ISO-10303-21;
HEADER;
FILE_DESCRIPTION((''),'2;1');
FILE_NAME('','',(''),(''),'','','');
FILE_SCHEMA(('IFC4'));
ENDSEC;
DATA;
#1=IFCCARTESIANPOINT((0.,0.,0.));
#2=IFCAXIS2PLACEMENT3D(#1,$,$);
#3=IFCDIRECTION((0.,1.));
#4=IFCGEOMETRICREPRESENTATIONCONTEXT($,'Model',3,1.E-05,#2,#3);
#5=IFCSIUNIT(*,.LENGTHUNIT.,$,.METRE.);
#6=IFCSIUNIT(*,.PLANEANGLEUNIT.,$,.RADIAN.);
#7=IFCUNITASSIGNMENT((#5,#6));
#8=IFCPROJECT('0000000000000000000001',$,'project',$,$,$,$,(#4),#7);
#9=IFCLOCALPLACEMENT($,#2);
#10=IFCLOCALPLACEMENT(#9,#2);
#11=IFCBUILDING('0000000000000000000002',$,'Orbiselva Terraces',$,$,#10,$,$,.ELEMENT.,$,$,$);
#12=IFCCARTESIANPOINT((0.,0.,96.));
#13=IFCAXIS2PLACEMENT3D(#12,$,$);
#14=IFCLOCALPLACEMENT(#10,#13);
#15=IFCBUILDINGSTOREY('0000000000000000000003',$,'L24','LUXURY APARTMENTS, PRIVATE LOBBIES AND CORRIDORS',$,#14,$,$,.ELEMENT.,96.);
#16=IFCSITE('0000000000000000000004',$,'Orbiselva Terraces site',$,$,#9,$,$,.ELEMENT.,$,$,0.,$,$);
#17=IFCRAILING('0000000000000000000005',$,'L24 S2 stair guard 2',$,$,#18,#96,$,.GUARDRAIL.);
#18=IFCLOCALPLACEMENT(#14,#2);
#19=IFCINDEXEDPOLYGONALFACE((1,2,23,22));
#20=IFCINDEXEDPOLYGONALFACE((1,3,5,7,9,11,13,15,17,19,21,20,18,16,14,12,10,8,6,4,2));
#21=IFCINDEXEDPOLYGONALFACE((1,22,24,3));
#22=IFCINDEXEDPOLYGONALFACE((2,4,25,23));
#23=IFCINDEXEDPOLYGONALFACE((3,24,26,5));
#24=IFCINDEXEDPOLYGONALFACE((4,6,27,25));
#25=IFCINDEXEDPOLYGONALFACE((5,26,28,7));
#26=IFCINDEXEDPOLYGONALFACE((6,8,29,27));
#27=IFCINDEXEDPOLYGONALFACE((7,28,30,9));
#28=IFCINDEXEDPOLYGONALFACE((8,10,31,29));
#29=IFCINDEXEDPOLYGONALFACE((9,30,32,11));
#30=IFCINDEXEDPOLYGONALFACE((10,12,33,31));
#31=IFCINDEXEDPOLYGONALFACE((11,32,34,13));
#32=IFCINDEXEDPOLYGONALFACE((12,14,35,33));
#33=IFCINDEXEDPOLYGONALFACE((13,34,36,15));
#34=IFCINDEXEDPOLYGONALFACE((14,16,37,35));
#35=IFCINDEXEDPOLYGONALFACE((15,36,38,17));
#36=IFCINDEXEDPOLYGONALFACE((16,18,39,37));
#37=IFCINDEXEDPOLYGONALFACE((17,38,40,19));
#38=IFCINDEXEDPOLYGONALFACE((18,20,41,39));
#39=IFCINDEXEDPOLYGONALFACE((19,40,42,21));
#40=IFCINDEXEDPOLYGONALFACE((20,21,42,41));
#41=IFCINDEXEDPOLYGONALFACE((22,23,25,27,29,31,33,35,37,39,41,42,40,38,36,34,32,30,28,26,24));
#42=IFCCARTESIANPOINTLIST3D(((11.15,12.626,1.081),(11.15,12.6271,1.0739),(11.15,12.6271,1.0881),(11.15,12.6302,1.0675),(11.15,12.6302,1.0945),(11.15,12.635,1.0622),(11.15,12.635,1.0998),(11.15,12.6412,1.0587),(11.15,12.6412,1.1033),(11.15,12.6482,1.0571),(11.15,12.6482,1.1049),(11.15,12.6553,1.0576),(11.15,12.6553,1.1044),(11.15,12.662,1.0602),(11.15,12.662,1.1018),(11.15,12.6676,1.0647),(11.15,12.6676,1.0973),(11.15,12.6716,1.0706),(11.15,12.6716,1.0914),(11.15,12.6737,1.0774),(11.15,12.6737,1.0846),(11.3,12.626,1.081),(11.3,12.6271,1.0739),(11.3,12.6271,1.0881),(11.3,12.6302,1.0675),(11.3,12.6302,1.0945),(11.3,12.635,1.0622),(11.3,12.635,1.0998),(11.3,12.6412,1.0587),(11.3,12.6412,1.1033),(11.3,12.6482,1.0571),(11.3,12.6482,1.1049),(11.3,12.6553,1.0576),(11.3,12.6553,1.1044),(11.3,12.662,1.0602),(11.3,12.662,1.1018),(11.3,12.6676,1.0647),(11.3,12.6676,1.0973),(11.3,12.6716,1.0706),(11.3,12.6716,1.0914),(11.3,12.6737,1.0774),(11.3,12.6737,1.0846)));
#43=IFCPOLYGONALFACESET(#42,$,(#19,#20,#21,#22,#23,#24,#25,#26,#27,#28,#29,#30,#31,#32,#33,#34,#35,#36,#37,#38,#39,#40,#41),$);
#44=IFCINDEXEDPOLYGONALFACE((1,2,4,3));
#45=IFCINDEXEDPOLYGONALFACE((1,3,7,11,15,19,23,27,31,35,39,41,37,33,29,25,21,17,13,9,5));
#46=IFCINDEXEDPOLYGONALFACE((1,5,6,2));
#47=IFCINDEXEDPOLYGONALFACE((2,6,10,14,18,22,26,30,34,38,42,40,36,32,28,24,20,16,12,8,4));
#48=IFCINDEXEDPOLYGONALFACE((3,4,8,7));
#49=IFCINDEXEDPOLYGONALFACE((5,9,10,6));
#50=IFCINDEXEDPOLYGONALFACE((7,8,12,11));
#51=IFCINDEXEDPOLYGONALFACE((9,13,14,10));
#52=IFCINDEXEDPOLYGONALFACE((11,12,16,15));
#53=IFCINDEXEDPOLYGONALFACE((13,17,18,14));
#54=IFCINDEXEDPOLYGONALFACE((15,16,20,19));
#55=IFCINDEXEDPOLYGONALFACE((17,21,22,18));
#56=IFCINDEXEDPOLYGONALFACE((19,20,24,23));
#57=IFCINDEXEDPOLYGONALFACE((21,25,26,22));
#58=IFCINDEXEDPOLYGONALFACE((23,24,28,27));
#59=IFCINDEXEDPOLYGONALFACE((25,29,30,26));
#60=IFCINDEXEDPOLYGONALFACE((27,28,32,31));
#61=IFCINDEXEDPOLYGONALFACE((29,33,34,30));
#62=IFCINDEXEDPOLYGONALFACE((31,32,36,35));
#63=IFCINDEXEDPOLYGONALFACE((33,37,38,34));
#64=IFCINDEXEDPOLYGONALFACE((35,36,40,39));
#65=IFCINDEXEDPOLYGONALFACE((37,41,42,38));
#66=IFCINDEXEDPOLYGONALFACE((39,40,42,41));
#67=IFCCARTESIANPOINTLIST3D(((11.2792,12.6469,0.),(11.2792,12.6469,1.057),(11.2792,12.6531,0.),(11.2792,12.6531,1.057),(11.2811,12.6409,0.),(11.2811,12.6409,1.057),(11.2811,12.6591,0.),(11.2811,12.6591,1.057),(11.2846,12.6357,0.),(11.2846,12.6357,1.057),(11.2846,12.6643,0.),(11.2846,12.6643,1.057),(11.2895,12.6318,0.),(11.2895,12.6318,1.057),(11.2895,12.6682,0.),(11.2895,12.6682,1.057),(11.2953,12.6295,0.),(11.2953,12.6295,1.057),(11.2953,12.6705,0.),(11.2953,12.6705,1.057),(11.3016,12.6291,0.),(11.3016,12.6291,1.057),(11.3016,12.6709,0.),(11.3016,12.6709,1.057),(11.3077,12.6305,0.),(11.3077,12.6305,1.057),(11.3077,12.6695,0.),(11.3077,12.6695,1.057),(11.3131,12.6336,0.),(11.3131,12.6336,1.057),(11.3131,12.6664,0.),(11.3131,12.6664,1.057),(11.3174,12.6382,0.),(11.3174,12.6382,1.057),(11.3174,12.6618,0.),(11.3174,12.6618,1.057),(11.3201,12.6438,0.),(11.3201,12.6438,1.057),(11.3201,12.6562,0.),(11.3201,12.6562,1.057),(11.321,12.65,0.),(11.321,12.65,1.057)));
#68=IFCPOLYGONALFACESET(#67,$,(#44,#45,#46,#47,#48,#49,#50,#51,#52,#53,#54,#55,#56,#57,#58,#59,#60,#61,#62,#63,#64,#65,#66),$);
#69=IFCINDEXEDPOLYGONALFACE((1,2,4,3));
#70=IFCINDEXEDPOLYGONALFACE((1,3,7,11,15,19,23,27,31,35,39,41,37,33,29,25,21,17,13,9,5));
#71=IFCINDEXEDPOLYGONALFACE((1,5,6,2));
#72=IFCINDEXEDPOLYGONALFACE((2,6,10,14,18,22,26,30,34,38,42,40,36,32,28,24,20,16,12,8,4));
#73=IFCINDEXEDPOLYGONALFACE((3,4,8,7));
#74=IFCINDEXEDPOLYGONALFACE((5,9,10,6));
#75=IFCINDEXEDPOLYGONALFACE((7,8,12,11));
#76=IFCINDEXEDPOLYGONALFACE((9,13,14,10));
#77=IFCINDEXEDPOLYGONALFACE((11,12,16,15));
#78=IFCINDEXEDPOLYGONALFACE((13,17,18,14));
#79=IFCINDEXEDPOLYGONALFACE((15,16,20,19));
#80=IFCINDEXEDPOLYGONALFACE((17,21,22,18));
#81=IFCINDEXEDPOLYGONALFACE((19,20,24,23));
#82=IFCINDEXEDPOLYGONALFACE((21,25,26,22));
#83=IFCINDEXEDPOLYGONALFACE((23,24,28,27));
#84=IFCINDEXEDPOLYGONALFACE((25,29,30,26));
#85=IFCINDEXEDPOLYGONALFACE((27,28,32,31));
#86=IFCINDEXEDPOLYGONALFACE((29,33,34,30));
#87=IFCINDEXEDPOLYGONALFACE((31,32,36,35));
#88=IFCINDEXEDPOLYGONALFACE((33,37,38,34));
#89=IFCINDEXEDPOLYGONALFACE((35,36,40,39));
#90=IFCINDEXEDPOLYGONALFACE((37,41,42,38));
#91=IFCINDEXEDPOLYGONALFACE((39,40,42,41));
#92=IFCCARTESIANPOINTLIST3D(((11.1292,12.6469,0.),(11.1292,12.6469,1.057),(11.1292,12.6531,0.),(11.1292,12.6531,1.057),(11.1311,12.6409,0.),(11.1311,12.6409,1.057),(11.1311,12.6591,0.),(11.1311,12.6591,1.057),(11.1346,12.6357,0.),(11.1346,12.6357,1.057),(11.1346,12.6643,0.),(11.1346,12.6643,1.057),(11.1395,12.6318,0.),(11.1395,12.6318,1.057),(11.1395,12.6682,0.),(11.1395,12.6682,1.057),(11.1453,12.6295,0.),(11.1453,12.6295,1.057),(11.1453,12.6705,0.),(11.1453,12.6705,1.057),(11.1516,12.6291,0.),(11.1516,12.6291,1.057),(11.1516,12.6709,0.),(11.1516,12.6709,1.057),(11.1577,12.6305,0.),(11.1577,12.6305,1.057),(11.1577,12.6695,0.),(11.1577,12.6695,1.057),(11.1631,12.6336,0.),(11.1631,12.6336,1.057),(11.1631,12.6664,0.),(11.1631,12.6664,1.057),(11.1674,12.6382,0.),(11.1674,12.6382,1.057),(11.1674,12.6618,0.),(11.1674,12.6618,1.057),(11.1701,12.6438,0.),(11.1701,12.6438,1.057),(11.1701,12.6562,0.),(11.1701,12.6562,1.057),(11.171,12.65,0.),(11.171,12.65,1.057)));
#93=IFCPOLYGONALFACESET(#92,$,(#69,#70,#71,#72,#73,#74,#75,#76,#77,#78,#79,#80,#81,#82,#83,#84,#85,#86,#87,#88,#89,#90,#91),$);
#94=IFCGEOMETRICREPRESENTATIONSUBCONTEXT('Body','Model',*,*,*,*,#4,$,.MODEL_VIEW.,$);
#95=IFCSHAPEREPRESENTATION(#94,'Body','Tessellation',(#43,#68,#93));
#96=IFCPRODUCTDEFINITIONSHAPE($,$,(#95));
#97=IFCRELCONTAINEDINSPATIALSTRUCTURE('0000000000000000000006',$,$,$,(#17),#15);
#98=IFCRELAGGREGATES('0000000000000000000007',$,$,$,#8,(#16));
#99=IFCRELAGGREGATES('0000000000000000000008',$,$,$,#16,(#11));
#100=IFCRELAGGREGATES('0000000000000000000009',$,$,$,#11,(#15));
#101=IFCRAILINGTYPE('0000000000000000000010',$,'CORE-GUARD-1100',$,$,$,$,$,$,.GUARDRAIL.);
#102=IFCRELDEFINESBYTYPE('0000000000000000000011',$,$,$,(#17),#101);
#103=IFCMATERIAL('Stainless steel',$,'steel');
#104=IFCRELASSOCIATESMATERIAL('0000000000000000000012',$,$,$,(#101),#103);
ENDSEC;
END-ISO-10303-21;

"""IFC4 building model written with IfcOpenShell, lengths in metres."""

from ifc_helpers import new_model, si_unit, direction, frame, origin, origin_2d, place, context, subcontext, project, spatial, circle, extrude, material, type_object, element, save


model = new_model("IFC4")

# Units and contexts
model_context = context("Model", 3, precision=1e-05, world=origin(), true_north=direction((0.0, 1.0)))
body_context = subcontext(model_context, "Body", "Model", "MODEL_VIEW")
ifc_project = project(units=[si_unit("LENGTHUNIT", "METRE"), si_unit("PLANEANGLEUNIT", "RADIAN")], contexts=[model_context])

# Site, building, storey
site_placement = place(None, origin())
site = spatial("IfcSite", under=ifc_project, at=site_placement, Name="Orbiselva Terraces site", CompositionType="ELEMENT", RefElevation=0.0)
building_placement = place(site_placement, origin())
building = spatial("IfcBuilding", under=site, at=building_placement, Name="Orbiselva Terraces", CompositionType="ELEMENT")
storey_placement = place(building_placement, frame((0.0, 0.0, 96.0)))
storey = spatial("IfcBuildingStorey", under=building, at=storey_placement, Name="L24", Description="LUXURY APARTMENTS, PRIVATE LOBBIES AND CORRIDORS", CompositionType="ELEMENT", Elevation=96.0)

# Railing
ifc_material_1 = material(Name="Stainless steel", Category="steel")
railing_type = type_object("IfcRailingType", Name="CORE-GUARD-1100", PredefinedType="GUARDRAIL", material=ifc_material_1)
railing_1_placement = place(storey_placement, frame((11.3, 12.65, 0.0)))
element("IfcRailing", 1, at=railing_1_placement, inside=storey, type_object=railing_type, Name="L24 S2 stair guard 2", PredefinedType="GUARDRAIL", context=body_context, shape_type="SweptSolid", body=[
    extrude(circle(Radius=0.024, at=origin_2d()), frame((0.0, 0.0, 1.081), z_axis=(-1.0, 0.0, 0.0), x_axis=(0.0, -1.0, 0.0)), (0.0, 0.0, 1.0), 0.15),
    extrude(circle(Radius=0.021, at=origin_2d()), origin(), (0.0, 0.0, 1.0), 1.057),
    extrude(circle(Radius=0.021, at=origin_2d()), frame((-0.15, 0.0, 0.0)), (0.0, 0.0, 1.0), 1.057),
])

save(model, "model.ifc")
